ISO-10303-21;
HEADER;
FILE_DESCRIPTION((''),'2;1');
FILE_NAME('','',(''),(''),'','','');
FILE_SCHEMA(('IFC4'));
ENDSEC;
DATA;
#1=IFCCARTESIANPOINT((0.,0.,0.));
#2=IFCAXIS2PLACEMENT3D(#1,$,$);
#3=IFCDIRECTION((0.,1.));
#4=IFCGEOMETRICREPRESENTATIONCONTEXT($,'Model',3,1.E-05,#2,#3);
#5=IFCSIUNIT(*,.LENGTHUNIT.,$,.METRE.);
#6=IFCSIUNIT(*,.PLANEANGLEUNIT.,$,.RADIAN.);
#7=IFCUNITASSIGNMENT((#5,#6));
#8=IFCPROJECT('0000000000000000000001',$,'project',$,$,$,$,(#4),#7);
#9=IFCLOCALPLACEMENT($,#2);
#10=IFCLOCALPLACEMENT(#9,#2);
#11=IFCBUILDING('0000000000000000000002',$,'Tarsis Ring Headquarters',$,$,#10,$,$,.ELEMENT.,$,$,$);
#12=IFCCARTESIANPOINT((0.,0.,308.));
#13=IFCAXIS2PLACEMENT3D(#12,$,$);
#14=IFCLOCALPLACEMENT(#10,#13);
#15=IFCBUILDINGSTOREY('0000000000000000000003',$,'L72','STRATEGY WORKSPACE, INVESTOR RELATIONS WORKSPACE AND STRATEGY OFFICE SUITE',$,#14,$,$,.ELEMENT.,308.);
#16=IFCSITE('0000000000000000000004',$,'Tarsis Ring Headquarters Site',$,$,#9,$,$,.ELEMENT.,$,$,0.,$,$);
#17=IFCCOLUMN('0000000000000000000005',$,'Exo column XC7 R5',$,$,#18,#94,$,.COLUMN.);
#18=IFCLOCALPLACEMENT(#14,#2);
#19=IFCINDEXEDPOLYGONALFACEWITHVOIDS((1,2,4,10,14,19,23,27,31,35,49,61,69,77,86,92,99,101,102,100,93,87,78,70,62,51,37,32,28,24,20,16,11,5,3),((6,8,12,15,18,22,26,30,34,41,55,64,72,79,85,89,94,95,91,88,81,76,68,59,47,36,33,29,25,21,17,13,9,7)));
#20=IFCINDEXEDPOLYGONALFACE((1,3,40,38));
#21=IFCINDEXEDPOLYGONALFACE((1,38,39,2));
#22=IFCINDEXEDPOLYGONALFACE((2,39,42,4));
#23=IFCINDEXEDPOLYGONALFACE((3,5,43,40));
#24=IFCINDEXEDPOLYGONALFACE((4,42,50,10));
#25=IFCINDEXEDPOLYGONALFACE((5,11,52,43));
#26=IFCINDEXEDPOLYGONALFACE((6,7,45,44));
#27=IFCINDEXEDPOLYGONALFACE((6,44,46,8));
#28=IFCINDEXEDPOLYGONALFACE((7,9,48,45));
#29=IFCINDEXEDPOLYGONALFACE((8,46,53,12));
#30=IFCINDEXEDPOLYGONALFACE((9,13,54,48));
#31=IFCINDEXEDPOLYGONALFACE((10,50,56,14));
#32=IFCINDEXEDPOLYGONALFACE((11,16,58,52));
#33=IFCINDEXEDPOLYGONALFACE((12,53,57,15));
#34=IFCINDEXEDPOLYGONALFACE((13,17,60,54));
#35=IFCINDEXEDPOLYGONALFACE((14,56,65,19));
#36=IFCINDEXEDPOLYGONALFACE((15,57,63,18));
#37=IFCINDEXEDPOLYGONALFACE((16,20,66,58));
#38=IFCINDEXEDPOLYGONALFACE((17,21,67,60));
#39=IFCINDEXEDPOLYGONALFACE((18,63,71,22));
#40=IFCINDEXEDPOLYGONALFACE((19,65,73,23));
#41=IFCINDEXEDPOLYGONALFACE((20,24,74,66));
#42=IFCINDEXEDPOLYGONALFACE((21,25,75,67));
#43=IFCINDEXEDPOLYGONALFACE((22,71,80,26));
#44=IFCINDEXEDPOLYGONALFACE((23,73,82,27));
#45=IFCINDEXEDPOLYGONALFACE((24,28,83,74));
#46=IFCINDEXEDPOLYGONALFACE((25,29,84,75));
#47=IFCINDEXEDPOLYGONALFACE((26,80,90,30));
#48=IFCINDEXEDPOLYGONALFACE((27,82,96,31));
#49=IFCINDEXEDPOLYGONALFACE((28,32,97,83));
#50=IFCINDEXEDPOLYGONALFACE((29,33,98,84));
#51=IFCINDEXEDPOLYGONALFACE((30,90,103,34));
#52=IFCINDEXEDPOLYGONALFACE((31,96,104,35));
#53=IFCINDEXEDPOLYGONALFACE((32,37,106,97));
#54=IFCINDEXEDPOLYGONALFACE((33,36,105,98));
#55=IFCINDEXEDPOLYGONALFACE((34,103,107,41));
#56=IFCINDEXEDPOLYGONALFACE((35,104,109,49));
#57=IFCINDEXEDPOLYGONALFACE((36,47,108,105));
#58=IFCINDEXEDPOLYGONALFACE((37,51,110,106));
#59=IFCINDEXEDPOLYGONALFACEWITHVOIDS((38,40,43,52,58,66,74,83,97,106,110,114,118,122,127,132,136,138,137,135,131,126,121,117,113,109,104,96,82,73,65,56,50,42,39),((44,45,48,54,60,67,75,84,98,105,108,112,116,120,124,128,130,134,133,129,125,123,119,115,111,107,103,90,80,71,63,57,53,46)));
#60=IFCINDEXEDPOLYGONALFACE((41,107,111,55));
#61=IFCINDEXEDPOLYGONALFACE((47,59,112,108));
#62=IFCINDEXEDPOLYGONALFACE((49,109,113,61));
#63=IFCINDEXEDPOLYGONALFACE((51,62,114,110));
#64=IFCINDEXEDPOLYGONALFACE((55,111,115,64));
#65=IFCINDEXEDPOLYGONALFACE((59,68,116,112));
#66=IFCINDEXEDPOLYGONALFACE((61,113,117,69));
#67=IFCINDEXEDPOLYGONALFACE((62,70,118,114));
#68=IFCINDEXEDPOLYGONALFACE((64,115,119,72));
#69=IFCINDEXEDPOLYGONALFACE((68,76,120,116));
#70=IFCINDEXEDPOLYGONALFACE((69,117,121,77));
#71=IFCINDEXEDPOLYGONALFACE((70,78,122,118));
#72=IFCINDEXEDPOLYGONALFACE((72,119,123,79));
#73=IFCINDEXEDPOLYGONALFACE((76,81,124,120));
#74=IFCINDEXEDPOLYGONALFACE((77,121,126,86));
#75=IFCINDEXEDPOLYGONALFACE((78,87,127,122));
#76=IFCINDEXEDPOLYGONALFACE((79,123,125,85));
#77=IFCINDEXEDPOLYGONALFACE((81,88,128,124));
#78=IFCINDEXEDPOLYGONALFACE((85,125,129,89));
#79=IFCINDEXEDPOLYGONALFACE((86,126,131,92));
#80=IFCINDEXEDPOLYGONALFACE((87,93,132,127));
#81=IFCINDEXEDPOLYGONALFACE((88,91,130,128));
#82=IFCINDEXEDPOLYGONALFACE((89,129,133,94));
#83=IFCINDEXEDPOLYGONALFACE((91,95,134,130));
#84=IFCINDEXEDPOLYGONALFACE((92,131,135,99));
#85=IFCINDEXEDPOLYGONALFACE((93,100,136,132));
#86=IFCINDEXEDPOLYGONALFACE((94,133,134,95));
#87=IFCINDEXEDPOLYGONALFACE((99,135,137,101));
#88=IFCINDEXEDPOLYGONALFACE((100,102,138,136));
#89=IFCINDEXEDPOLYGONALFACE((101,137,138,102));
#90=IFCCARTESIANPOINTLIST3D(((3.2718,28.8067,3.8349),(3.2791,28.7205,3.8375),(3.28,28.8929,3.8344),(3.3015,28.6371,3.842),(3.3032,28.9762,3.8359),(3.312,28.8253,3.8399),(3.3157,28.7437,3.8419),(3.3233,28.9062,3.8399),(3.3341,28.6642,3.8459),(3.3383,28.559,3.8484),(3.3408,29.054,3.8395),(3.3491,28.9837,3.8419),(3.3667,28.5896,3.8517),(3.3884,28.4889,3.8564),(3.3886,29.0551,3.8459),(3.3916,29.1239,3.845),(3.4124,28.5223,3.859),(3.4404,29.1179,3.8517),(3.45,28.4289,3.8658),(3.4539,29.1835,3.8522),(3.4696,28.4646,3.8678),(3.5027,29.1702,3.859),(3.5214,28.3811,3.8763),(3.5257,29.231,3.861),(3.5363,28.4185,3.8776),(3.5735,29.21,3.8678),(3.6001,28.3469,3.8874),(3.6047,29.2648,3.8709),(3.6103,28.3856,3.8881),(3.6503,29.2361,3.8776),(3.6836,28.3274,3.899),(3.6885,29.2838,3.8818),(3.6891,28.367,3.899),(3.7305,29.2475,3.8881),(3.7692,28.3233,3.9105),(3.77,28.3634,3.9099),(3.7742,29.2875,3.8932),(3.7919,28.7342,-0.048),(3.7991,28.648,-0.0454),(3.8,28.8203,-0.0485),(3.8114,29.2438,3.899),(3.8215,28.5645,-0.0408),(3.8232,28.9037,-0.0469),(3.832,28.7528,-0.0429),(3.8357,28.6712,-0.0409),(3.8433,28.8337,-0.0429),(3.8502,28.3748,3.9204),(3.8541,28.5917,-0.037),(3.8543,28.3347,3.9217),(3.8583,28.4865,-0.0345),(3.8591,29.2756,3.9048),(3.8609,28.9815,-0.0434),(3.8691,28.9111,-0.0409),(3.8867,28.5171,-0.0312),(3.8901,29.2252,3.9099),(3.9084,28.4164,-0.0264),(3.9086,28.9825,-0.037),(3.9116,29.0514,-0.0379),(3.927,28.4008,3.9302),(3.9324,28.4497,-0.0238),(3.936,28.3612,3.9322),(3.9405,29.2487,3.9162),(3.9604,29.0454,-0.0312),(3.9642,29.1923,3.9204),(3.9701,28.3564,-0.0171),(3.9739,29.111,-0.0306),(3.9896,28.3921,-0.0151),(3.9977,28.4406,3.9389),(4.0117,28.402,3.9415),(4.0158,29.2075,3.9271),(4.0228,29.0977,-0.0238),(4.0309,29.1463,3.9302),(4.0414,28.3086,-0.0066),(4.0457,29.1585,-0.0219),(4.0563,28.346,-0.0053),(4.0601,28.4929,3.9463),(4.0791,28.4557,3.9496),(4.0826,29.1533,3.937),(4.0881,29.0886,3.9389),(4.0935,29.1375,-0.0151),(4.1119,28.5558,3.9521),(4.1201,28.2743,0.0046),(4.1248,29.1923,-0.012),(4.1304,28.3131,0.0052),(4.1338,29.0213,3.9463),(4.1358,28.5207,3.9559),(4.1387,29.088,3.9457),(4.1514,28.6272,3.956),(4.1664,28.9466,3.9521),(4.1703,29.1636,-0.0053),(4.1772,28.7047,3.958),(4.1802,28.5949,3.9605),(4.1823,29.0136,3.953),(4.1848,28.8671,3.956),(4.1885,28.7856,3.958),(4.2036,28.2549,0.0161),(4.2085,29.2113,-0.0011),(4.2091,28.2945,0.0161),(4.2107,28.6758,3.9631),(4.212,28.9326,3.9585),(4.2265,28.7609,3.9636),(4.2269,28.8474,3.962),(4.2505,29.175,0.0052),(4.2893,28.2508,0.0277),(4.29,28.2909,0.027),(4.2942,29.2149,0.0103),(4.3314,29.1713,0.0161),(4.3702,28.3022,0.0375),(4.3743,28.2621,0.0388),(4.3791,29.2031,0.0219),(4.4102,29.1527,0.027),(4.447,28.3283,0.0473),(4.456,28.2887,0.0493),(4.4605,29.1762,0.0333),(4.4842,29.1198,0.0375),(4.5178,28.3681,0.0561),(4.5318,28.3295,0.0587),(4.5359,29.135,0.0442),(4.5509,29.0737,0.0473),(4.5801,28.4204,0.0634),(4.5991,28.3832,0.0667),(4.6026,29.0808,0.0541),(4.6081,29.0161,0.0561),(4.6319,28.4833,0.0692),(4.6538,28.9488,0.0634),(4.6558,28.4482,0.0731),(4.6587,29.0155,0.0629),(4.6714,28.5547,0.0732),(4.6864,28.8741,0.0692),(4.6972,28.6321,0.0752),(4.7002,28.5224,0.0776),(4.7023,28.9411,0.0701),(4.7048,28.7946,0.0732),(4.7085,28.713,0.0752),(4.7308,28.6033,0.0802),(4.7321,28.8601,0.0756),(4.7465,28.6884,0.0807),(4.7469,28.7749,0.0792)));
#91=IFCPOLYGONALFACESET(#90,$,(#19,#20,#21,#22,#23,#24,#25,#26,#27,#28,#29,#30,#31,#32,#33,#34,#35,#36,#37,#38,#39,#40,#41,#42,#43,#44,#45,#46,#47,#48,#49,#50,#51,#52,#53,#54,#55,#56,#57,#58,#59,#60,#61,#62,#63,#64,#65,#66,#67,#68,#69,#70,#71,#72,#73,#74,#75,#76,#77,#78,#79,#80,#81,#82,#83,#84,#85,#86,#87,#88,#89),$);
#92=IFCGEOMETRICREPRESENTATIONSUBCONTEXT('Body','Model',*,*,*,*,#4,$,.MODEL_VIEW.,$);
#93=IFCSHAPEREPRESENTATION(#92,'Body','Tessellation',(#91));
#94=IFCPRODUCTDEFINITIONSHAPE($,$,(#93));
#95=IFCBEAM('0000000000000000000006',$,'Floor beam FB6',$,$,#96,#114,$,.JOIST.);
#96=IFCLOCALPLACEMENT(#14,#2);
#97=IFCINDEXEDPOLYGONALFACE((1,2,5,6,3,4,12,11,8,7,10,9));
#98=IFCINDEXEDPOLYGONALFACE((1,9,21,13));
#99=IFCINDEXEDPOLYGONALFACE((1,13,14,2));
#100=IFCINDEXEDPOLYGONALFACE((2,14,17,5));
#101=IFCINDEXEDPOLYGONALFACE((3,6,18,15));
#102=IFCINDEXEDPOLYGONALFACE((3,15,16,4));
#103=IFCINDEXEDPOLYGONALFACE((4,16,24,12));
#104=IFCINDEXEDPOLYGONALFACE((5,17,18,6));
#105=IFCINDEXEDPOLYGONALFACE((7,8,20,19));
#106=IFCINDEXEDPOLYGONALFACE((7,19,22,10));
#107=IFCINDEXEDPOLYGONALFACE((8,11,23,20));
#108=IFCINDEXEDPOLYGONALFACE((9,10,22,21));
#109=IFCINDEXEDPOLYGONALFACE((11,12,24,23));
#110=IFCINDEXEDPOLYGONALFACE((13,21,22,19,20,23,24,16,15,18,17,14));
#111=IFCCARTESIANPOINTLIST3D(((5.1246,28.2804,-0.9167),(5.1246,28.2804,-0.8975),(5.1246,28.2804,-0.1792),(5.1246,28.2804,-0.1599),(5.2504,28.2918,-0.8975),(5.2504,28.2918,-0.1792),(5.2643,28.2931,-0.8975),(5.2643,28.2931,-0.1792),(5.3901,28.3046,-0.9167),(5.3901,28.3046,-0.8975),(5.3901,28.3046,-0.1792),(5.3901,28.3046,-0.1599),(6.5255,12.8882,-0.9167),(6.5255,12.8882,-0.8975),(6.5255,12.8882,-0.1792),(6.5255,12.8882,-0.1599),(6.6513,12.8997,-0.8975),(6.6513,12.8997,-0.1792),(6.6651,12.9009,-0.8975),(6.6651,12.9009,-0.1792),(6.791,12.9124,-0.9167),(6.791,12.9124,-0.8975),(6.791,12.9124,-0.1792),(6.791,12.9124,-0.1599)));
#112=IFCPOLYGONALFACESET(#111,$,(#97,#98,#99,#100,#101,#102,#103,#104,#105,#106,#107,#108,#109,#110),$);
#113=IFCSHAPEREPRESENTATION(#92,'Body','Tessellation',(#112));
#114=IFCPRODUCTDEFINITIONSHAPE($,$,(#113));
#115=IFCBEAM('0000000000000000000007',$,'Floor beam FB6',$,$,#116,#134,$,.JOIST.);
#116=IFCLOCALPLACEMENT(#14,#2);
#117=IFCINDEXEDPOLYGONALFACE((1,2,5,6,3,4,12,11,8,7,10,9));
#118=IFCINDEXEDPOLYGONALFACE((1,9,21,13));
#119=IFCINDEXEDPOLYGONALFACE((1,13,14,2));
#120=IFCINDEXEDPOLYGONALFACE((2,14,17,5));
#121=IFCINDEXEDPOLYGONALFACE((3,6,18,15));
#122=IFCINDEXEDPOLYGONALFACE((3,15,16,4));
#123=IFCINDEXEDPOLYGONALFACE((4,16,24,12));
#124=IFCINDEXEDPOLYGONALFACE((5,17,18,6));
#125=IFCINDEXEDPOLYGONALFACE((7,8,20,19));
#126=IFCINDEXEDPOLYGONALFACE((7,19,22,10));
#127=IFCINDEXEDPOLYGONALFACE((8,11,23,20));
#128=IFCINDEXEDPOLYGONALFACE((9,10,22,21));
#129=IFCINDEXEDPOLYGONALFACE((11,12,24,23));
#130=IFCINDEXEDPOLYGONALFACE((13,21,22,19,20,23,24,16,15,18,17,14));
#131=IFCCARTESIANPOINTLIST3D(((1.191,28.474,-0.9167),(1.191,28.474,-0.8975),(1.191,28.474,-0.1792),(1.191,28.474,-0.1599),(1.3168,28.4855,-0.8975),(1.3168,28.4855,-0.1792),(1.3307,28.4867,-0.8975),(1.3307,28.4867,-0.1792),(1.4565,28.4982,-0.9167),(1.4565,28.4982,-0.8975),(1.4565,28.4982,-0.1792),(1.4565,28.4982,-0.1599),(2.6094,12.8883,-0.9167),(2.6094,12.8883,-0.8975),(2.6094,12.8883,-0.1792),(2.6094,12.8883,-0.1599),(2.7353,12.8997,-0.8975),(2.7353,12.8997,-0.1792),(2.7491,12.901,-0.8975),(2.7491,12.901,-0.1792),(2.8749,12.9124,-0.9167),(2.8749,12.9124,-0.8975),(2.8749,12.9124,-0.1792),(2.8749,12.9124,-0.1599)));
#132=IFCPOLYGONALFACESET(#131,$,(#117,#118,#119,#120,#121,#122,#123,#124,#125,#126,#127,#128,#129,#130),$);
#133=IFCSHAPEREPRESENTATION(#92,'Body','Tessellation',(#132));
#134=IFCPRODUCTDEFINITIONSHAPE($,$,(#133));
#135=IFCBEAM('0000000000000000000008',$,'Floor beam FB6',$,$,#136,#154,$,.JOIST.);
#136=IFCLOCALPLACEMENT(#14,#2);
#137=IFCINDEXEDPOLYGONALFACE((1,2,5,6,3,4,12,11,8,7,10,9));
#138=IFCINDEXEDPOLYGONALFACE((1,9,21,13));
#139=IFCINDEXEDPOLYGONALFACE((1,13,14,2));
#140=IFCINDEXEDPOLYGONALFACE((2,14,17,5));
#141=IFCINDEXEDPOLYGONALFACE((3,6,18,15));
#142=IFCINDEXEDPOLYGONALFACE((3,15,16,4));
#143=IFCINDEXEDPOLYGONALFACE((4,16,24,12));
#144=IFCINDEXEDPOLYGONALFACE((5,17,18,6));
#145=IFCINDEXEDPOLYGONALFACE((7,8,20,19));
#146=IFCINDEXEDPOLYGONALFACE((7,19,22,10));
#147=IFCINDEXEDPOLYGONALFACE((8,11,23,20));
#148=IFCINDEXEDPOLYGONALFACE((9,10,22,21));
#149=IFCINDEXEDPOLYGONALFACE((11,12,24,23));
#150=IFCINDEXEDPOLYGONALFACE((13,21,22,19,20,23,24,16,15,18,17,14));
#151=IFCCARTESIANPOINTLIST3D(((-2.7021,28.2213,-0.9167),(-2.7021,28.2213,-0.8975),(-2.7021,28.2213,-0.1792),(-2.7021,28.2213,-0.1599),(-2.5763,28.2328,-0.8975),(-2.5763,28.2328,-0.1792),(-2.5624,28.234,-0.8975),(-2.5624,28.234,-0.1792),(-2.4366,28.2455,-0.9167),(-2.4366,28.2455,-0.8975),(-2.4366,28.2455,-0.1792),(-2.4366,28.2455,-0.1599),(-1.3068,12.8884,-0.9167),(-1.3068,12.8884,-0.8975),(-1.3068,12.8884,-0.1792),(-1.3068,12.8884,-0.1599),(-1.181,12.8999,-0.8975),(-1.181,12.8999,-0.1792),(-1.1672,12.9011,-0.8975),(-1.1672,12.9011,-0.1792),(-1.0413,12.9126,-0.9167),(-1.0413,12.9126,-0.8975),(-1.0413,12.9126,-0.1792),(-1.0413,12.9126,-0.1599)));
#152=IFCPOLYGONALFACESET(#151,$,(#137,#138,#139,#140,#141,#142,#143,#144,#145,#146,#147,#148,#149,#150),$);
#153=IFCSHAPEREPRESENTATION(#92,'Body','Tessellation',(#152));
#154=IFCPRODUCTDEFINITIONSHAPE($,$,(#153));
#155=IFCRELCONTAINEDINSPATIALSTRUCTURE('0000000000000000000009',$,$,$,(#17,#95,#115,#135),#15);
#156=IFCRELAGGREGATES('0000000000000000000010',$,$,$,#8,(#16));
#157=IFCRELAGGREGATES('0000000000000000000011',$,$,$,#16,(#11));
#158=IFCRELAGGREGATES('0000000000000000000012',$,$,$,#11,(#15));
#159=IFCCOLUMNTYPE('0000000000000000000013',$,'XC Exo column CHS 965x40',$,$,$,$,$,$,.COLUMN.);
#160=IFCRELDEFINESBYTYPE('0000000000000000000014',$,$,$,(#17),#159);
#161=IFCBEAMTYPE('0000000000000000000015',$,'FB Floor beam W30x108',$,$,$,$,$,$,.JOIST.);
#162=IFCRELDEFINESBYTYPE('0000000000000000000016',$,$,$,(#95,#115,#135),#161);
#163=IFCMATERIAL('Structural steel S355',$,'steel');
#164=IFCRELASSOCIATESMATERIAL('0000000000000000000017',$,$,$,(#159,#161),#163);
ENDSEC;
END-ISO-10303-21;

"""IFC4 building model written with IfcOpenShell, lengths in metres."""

from ifc_helpers import new_model, si_unit, direction, frame, origin, origin_2d, place, context, subcontext, project, spatial, hollow_circle, i_section, extrude, material, material_profile, profile_set, type_object, element, save


model = new_model("IFC4")

# Units and contexts
model_context = context("Model", 3, precision=1e-05, world=origin(), true_north=direction((0.0, 1.0)))
body_context = subcontext(model_context, "Body", "Model", "MODEL_VIEW")
ifc_project = project(units=[si_unit("LENGTHUNIT", "METRE"), si_unit("PLANEANGLEUNIT", "RADIAN")], contexts=[model_context])

# Site, building, storey
site_placement = place(None, origin())
site = spatial("IfcSite", under=ifc_project, at=site_placement, Name="Tarsis Ring Headquarters Site", CompositionType="ELEMENT", RefElevation=0.0)
building_placement = place(site_placement, origin())
building = spatial("IfcBuilding", under=site, at=building_placement, Name="Tarsis Ring Headquarters", CompositionType="ELEMENT")
storey_placement = place(building_placement, frame((0.0, 0.0, 308.0)))
storey = spatial("IfcBuildingStorey", under=building, at=storey_placement, Name="L72", Description="STRATEGY WORKSPACE, INVESTOR RELATIONS WORKSPACE AND STRATEGY OFFICE SUITE", CompositionType="ELEMENT", Elevation=308.0)

# Column
ifc_material_1 = material(Name="Structural steel S355", Category="steel")
ifc_material_profile_1 = material_profile(ifc_material_1, hollow_circle(Radius=0.4827, WallThickness=0.04, at=origin_2d()), Name="CHS 965x40")
ifc_profile_set_1 = profile_set([ifc_material_profile_1], Name="Structural steel S355")
column_type = type_object("IfcColumnType", Name="XC Exo column CHS 965x40", PredefinedType="COLUMN", material=ifc_profile_set_1)
column_placement = place(storey_placement, frame((4.2703, 28.7329, 0.0161), z_axis=(-0.132721, 0.018506, 0.990981), x_axis=(-0.138101, -0.990418, 0.0)))
element("IfcColumn", 1, at=column_placement, inside=storey, type_object=column_type, Name="Exo column XC7 R5", PredefinedType="COLUMN", context=body_context, shape_type="SweptSolid", body=[
    extrude(hollow_circle(Radius=0.4827, WallThickness=0.04, at=origin_2d()), origin(), (0.0, 0.0, 1.0), 3.9182),
])

# Beams
ifc_material_profile_2 = material_profile(ifc_material_1, i_section(OverallWidth=0.2666, OverallDepth=0.7568, WebThickness=0.0139, FlangeThickness=0.0193, at=origin_2d()), Name="W30x108")
ifc_profile_set_2 = profile_set([ifc_material_profile_2], Name="Structural steel S355")
beam_type_1 = type_object("IfcBeamType", Name="FB Floor beam W30x108", PredefinedType="JOIST", material=ifc_profile_set_2)
beam_1_placement = place(storey_placement, frame((5.2573, 28.2925, -0.5383), z_axis=(0.090638, -0.995884, 0.0), x_axis=(0.995884, 0.090638, 0.0)))
element("IfcBeam", 2, at=beam_1_placement, inside=storey, type_object=beam_type_1, Name="Floor beam FB6", PredefinedType="JOIST", context=body_context, shape_type="SweptSolid", body=[
    extrude(i_section(OverallWidth=0.2666, OverallDepth=0.7568, WebThickness=0.0139, FlangeThickness=0.0193, at=origin_2d()), origin(), (0.0, 0.0, 1.0), 15.4558),
])
beam_2_placement = place(storey_placement, frame((1.3237, 28.4861, -0.5383), z_axis=(0.090636, -0.995884, 0.0), x_axis=(0.995884, 0.090636, 0.0)))
element("IfcBeam", 3, at=beam_2_placement, inside=storey, type_object=beam_type_1, Name="Floor beam FB6", PredefinedType="JOIST", context=body_context, shape_type="SweptSolid", body=[
    extrude(i_section(OverallWidth=0.2666, OverallDepth=0.7568, WebThickness=0.0139, FlangeThickness=0.0193, at=origin_2d()), origin(), (0.0, 0.0, 1.0), 15.6501),
])
beam_3_placement = place(storey_placement, frame((-2.5693, 28.2334, -0.5383), z_axis=(0.090623, -0.995885, 0.0), x_axis=(0.995885, 0.090623, 0.0)))
element("IfcBeam", 4, at=beam_3_placement, inside=storey, type_object=beam_type_1, Name="Floor beam FB6", PredefinedType="JOIST", context=body_context, shape_type="SweptSolid", body=[
    extrude(i_section(OverallWidth=0.2666, OverallDepth=0.7568, WebThickness=0.0139, FlangeThickness=0.0193, at=origin_2d()), origin(), (0.0, 0.0, 1.0), 15.3962),
])

save(model, "model.ifc")
